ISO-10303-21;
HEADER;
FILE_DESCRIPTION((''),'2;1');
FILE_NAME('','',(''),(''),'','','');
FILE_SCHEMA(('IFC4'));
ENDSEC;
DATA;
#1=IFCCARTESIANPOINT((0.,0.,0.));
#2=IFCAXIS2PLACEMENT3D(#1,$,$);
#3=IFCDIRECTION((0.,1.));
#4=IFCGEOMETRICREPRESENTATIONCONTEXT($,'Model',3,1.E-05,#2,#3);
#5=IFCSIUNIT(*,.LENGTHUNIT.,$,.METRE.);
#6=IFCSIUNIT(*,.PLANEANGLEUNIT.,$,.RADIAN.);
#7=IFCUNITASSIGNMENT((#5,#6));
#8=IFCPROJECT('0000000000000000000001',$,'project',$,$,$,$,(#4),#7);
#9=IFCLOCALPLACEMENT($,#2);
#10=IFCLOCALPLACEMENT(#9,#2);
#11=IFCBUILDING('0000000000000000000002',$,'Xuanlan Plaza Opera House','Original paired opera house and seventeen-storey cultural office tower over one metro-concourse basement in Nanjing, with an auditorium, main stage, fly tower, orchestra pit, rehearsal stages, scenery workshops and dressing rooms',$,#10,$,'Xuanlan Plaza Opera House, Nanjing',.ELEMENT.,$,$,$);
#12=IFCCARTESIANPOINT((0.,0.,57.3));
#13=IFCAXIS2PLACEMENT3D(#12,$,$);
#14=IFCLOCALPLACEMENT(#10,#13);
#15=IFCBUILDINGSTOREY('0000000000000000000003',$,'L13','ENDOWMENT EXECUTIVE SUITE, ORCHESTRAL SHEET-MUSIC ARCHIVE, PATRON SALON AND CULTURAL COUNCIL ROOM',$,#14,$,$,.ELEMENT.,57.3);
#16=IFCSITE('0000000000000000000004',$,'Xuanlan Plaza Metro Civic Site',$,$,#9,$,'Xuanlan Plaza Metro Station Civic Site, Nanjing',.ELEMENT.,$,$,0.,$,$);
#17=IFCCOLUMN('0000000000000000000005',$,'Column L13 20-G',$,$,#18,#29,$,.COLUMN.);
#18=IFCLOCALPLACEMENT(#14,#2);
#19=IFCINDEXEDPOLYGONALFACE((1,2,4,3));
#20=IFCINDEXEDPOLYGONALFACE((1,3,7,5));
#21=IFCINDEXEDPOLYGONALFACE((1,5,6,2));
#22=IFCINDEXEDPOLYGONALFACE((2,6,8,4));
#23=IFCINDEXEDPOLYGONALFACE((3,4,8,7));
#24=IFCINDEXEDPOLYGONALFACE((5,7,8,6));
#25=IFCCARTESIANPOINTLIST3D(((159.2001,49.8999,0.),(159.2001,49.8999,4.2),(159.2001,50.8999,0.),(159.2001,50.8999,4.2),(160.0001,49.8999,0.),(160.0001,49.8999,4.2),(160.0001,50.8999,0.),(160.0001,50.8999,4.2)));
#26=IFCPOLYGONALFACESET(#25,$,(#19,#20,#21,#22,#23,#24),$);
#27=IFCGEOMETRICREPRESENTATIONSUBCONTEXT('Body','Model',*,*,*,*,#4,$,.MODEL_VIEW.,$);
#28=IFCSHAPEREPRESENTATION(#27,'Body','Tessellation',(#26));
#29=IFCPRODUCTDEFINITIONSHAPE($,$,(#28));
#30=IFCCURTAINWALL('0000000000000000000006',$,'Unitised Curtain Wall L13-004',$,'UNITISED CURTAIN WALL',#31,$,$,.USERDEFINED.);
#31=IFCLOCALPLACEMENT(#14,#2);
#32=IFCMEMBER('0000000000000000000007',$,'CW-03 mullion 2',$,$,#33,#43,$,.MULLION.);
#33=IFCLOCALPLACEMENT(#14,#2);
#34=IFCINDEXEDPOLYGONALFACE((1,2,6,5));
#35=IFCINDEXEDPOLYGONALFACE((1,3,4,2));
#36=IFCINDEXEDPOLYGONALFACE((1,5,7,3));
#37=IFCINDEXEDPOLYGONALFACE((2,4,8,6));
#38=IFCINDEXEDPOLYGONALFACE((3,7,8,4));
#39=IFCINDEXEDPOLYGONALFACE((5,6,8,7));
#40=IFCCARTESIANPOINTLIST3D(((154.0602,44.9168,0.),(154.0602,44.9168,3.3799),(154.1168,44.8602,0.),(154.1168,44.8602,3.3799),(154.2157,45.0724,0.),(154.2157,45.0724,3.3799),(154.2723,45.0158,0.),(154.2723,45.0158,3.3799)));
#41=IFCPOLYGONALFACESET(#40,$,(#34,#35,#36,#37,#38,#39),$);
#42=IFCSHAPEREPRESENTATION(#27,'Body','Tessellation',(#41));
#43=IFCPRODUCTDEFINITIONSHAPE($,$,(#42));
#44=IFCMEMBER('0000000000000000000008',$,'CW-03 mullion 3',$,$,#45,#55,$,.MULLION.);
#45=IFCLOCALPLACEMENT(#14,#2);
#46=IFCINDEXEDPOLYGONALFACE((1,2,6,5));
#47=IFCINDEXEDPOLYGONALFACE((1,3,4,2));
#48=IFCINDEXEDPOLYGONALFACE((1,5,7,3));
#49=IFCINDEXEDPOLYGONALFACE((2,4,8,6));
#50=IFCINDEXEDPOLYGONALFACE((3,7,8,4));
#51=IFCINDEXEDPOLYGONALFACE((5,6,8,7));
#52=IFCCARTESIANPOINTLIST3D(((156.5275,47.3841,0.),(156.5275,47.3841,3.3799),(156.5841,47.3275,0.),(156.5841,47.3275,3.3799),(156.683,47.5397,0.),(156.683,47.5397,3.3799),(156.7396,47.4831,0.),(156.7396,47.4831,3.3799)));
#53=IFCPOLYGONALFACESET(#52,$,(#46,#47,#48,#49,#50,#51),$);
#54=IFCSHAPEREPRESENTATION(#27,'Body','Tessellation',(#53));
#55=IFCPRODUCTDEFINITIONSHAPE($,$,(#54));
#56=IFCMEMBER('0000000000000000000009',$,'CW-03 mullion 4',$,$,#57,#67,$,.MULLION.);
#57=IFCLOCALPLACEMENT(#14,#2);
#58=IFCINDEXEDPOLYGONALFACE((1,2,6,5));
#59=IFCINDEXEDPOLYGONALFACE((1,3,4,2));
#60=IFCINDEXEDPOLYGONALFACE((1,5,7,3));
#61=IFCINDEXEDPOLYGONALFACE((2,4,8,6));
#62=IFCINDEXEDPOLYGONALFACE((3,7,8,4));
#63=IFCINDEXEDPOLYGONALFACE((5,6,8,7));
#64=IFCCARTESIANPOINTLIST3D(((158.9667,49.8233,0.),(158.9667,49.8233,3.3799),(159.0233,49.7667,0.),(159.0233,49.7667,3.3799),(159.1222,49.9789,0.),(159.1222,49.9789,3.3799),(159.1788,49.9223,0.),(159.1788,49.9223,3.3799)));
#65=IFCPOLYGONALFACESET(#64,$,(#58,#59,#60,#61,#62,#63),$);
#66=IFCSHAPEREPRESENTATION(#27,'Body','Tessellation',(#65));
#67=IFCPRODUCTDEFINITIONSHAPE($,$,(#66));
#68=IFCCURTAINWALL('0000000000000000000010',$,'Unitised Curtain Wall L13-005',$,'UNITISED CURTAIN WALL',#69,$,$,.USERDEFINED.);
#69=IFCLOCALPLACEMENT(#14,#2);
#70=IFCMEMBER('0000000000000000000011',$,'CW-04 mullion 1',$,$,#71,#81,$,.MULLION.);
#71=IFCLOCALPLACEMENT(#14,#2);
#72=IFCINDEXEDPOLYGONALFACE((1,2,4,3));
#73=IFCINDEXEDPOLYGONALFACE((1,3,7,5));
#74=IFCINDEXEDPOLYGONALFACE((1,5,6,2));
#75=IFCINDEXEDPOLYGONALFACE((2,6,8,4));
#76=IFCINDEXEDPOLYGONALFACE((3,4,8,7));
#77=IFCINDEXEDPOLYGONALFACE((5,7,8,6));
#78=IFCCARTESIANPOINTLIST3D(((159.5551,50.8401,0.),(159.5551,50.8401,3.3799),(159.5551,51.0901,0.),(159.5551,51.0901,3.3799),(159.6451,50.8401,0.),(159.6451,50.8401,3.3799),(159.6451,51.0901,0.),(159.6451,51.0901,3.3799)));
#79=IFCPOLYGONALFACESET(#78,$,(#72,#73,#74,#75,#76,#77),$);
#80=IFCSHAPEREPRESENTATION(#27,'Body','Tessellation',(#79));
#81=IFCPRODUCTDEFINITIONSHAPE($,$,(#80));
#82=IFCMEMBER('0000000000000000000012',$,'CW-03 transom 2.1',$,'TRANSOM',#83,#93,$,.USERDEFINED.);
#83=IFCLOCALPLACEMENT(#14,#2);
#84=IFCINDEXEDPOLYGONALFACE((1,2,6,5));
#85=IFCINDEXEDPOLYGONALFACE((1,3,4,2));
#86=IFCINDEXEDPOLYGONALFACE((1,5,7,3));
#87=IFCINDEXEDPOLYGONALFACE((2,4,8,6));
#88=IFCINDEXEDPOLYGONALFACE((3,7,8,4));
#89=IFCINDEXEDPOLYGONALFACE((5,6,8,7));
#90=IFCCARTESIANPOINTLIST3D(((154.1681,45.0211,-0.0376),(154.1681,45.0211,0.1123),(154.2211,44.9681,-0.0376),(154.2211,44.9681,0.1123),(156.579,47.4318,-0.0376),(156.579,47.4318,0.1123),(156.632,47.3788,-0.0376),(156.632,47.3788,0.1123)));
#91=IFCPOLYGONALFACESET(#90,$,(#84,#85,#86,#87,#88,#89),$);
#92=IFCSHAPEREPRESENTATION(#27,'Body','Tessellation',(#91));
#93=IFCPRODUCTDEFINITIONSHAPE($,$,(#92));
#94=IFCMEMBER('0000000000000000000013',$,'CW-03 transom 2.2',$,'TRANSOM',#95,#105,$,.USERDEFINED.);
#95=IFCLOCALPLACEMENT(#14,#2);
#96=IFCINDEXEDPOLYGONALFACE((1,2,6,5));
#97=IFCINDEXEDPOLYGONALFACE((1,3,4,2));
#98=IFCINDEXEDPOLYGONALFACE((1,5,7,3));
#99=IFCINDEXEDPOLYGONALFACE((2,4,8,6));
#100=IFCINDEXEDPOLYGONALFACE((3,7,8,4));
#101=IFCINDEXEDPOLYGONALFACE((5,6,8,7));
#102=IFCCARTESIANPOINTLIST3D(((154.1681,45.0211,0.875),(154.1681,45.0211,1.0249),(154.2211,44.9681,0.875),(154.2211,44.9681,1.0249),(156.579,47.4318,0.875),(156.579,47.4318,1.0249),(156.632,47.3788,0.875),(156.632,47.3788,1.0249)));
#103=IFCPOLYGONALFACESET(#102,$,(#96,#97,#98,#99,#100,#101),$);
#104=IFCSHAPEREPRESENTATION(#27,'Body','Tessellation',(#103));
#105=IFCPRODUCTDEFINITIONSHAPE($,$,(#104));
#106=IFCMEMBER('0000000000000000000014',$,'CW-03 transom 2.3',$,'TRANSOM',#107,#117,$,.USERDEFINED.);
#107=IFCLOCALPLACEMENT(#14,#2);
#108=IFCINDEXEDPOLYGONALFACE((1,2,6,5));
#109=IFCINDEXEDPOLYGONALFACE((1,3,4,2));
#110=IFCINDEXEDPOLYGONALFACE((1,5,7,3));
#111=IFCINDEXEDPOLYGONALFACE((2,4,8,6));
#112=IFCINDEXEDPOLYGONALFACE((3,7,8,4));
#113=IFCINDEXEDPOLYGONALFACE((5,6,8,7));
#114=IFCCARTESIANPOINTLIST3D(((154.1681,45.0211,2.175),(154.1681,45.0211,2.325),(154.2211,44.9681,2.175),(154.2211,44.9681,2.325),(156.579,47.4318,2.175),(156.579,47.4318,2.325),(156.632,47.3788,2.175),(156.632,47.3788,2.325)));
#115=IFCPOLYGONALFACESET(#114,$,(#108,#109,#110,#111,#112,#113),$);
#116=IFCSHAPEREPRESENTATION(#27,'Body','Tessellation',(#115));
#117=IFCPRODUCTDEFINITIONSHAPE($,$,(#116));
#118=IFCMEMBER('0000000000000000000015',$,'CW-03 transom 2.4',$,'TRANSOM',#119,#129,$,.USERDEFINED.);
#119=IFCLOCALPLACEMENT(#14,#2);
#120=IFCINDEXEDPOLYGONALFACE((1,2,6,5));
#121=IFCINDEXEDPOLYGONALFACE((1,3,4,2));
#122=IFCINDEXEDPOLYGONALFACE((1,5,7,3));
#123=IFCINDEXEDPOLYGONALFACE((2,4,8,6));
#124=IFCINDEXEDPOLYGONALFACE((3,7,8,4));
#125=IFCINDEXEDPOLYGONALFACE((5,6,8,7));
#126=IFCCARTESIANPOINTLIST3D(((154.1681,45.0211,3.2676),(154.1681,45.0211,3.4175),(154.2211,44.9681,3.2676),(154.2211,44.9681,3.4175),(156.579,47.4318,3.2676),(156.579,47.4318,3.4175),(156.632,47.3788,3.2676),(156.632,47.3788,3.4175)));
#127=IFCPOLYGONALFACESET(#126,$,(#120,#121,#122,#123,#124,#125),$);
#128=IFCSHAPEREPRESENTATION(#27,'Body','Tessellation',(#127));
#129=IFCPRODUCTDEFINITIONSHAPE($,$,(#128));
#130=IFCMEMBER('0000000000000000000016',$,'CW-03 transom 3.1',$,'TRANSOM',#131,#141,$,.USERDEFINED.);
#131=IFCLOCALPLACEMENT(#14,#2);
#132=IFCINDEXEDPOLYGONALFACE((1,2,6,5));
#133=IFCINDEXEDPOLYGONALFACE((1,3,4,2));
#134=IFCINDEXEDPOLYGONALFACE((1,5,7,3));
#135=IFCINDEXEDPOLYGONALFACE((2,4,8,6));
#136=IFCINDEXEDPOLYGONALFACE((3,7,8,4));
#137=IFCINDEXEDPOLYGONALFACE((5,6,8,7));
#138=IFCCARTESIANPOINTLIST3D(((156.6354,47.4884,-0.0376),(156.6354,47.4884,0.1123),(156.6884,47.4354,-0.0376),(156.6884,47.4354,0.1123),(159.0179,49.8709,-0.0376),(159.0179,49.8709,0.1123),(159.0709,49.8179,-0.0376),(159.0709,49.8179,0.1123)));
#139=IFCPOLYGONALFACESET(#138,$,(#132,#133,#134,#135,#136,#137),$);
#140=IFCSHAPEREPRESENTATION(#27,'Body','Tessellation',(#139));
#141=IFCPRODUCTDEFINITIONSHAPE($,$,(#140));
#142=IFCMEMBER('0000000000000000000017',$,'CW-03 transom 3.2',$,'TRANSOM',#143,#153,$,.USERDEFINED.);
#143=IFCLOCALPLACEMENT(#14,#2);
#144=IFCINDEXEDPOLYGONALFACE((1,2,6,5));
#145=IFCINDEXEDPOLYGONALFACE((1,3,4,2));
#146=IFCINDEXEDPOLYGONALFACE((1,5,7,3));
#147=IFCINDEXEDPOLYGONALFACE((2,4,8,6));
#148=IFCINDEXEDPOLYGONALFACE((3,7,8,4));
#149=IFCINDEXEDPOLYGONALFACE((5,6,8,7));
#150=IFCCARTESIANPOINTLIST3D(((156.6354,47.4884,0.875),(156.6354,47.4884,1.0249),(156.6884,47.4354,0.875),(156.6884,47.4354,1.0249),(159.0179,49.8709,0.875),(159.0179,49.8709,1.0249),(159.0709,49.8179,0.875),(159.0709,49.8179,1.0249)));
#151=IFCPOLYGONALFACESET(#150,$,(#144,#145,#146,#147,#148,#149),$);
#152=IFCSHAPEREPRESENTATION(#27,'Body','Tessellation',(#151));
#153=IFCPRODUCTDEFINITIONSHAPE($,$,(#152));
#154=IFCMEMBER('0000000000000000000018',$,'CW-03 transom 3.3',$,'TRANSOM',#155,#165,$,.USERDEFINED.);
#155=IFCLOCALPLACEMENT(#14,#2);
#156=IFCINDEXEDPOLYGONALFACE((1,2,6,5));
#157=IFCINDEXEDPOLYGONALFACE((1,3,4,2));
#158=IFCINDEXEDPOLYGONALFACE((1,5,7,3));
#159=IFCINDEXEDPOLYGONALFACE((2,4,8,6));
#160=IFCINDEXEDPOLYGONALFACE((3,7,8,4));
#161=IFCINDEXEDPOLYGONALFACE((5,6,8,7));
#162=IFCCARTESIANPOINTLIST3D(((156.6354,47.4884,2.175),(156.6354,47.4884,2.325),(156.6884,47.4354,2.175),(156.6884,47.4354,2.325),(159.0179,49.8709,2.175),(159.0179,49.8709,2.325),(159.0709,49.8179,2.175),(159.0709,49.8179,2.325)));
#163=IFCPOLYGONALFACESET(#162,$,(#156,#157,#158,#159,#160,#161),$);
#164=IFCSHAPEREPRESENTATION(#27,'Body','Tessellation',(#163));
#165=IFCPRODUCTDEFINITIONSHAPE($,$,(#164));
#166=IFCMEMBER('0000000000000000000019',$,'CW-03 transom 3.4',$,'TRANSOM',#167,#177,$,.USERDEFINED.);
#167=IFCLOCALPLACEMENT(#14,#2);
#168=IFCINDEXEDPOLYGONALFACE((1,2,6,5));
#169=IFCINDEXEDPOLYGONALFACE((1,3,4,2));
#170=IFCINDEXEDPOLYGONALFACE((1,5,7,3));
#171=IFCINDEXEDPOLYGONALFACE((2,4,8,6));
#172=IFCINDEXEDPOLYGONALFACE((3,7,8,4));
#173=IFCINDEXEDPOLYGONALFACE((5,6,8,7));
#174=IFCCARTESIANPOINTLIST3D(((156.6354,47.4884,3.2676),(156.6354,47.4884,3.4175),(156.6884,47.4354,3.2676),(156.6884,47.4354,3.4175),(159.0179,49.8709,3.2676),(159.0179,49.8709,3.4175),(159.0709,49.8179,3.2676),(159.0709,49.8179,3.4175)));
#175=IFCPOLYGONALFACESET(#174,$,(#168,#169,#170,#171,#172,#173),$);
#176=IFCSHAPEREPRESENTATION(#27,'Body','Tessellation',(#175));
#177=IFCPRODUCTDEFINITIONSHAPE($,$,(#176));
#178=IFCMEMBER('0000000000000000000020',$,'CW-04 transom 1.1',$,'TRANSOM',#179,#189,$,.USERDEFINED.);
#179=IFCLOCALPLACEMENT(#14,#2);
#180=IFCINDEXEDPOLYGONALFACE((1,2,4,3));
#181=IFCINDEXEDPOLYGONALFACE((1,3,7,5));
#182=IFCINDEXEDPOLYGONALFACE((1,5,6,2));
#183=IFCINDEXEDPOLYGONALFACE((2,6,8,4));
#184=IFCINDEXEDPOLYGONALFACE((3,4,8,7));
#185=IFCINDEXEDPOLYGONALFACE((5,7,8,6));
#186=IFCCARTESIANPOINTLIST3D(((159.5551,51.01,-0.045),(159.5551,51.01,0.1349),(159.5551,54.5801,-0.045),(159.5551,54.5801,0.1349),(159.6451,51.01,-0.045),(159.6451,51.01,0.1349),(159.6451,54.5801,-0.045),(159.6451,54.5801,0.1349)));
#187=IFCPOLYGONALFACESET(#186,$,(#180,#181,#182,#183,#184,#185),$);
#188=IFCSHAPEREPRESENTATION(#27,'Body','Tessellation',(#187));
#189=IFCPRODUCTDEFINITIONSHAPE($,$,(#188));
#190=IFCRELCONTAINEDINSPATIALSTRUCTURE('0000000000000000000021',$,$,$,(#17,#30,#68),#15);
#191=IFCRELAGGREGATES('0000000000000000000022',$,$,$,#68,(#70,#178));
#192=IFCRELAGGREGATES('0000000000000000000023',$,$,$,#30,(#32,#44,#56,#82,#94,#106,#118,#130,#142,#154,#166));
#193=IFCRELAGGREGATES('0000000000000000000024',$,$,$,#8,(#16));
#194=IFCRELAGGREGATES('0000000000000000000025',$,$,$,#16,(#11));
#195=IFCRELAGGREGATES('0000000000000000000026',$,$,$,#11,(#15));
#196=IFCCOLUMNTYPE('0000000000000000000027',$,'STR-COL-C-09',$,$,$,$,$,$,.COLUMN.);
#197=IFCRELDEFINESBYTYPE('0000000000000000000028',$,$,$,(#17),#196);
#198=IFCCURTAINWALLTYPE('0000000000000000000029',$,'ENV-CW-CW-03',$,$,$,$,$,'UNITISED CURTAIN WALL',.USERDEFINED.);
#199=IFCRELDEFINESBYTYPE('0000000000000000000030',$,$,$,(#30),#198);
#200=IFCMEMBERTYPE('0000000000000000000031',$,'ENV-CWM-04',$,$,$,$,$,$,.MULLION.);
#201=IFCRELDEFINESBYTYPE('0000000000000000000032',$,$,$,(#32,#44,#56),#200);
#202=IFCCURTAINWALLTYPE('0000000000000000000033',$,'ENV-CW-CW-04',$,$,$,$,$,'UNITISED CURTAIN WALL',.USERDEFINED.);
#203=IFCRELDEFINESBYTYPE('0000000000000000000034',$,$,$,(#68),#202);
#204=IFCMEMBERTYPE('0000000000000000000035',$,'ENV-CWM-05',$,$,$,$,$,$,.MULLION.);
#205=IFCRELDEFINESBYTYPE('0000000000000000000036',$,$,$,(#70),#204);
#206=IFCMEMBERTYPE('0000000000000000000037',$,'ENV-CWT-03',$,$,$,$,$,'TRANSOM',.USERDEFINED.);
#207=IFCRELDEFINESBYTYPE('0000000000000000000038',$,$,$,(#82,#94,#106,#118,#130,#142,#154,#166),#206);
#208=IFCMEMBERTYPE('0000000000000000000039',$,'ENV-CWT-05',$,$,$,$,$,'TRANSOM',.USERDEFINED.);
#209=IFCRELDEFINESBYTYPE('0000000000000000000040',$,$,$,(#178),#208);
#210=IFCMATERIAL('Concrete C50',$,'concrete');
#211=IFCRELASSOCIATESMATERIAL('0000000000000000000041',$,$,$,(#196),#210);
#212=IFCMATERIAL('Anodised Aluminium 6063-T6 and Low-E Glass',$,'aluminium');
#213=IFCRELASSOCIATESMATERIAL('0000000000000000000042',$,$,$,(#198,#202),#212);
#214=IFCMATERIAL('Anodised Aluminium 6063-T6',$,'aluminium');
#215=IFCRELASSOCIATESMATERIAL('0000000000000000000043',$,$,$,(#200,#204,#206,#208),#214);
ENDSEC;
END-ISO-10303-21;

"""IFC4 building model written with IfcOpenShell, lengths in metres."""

from ifc_helpers import new_model, si_unit, direction, frame, origin, origin_2d, place, context, subcontext, project, spatial, rectangle, extrude, material, material_profile, profile_set, type_object, element, aggregate, save


model = new_model("IFC4")

# Units and contexts
model_context = context("Model", 3, precision=1e-05, world=origin(), true_north=direction((0.0, 1.0)))
body_context = subcontext(model_context, "Body", "Model", "MODEL_VIEW")
ifc_project = project(units=[si_unit("LENGTHUNIT", "METRE"), si_unit("PLANEANGLEUNIT", "RADIAN")], contexts=[model_context])

# Site, building, storey
site_placement = place(None, origin())
site = spatial("IfcSite", under=ifc_project, at=site_placement, Name="Xuanlan Plaza Metro Civic Site", LongName="Xuanlan Plaza Metro Station Civic Site, Nanjing", CompositionType="ELEMENT", RefElevation=0.0)
building_placement = place(site_placement, origin())
building = spatial("IfcBuilding", under=site, at=building_placement, Name="Xuanlan Plaza Opera House", Description="Original paired opera house and seventeen-storey cultural office tower over one metro-concourse basement in Nanjing, with an auditorium, main stage, fly tower, orchestra pit, rehearsal stages, scenery workshops and dressing rooms", LongName="Xuanlan Plaza Opera House, Nanjing", CompositionType="ELEMENT")
storey_placement = place(building_placement, frame((0.0, 0.0, 57.3)))
storey = spatial("IfcBuildingStorey", under=building, at=storey_placement, Name="L13", Description="ENDOWMENT EXECUTIVE SUITE, ORCHESTRAL SHEET-MUSIC ARCHIVE, PATRON SALON AND CULTURAL COUNCIL ROOM", CompositionType="ELEMENT", Elevation=57.3)

# Column
ifc_material_1 = material(Name="Concrete C50", Category="concrete")
ifc_material_profile_1 = material_profile(ifc_material_1, rectangle(XDim=0.8, YDim=1.0, at=origin_2d()), Name="RC-COL 800x1000")
ifc_profile_set_1 = profile_set([ifc_material_profile_1], Name="Concrete C50")
column_type = type_object("IfcColumnType", Name="STR-COL-C-09", PredefinedType="COLUMN", material=ifc_profile_set_1)
column_placement = place(storey_placement, frame((159.6001, 50.3999, 0.0), z_axis=(0.0, 0.0, 1.0), x_axis=(1.0, 0.0, 0.0)))
element("IfcColumn", 1, at=column_placement, inside=storey, type_object=column_type, Name="Column L13 20-G", PredefinedType="COLUMN", context=body_context, shape_type="SweptSolid", body=[
    extrude(rectangle(XDim=0.8, YDim=1.0, at=origin_2d()), origin(), (0.0, 0.0, 1.0), 4.2),
])

# Curtain wall, members
ifc_material_2 = material(Name="Anodised Aluminium 6063-T6 and Low-E Glass", Category="aluminium")
curtain_wall_type_1 = type_object("IfcCurtainWallType", Name="ENV-CW-CW-03", ElementType="UNITISED CURTAIN WALL", PredefinedType="USERDEFINED", material=ifc_material_2)
curtain_wall_1_placement = place(storey_placement, origin())
curtain_wall_1 = element("IfcCurtainWall", 2, at=curtain_wall_1_placement, inside=storey, type_object=curtain_wall_type_1, Name="Unitised Curtain Wall L13-004", ObjectType="UNITISED CURTAIN WALL", PredefinedType="USERDEFINED")
ifc_material_3 = material(Name="Anodised Aluminium 6063-T6", Category="aluminium")
ifc_material_profile_2 = material_profile(ifc_material_3, rectangle(XDim=0.0801, YDim=0.22, at=origin_2d()), Name="ALU-M 80x220")
ifc_profile_set_2 = profile_set([ifc_material_profile_2], Name="Anodised Aluminium 6063-T6")
member_type_1 = type_object("IfcMemberType", Name="ENV-CWM-04", PredefinedType="MULLION", material=ifc_profile_set_2)
member_1_placement = place(storey_placement, frame((154.1663, 44.9663, 0.0), z_axis=(0.0, 0.0, 1.0), x_axis=(-0.707107, 0.707107, 0.0)))
member_1 = element("IfcMember", 3, at=member_1_placement, type_object=member_type_1, Name="CW-03 mullion 2", PredefinedType="MULLION", context=body_context, shape_type="SweptSolid", body=[
    extrude(rectangle(XDim=0.0801, YDim=0.22, at=origin_2d()), origin(), (0.0, 0.0, 1.0), 3.3799),
])
member_2_placement = place(storey_placement, frame((156.6335, 47.4336, 0.0), z_axis=(0.0, 0.0, 1.0), x_axis=(-0.707107, 0.707107, 0.0)))
member_2 = element("IfcMember", 4, at=member_2_placement, type_object=member_type_1, Name="CW-03 mullion 3", PredefinedType="MULLION", context=body_context, shape_type="SweptSolid", body=[
    extrude(rectangle(XDim=0.0801, YDim=0.22, at=origin_2d()), origin(), (0.0, 0.0, 1.0), 3.3799),
])
member_3_placement = place(storey_placement, frame((159.0728, 49.8728, 0.0), z_axis=(0.0, 0.0, 1.0), x_axis=(-0.707107, 0.707107, 0.0)))
member_3 = element("IfcMember", 5, at=member_3_placement, type_object=member_type_1, Name="CW-03 mullion 4", PredefinedType="MULLION", context=body_context, shape_type="SweptSolid", body=[
    extrude(rectangle(XDim=0.0801, YDim=0.22, at=origin_2d()), origin(), (0.0, 0.0, 1.0), 3.3799),
])

# Curtain wall, member
curtain_wall_type_2 = type_object("IfcCurtainWallType", Name="ENV-CW-CW-04", ElementType="UNITISED CURTAIN WALL", PredefinedType="USERDEFINED", material=ifc_material_2)
curtain_wall_2_placement = place(storey_placement, origin())
curtain_wall_2 = element("IfcCurtainWall", 6, at=curtain_wall_2_placement, inside=storey, type_object=curtain_wall_type_2, Name="Unitised Curtain Wall L13-005", ObjectType="UNITISED CURTAIN WALL", PredefinedType="USERDEFINED")
ifc_material_profile_3 = material_profile(ifc_material_3, rectangle(XDim=0.0901, YDim=0.25, at=origin_2d()), Name="ALU-M 90x250")
ifc_profile_set_3 = profile_set([ifc_material_profile_3], Name="Anodised Aluminium 6063-T6")
member_type_2 = type_object("IfcMemberType", Name="ENV-CWM-05", PredefinedType="MULLION", material=ifc_profile_set_3)
member_4_placement = place(storey_placement, frame((159.6001, 50.9651, 0.0), z_axis=(0.0, 0.0, 1.0), x_axis=(-1.0, 0.0, 0.0)))
member_4 = element("IfcMember", 7, at=member_4_placement, type_object=member_type_2, Name="CW-04 mullion 1", PredefinedType="MULLION", context=body_context, shape_type="SweptSolid", body=[
    extrude(rectangle(XDim=0.0901, YDim=0.25, at=origin_2d()), origin(), (0.0, 0.0, 1.0), 3.3799),
])

# Members
ifc_material_profile_4 = material_profile(ifc_material_3, rectangle(XDim=0.075, YDim=0.1499, at=origin_2d()), Name="ALU-T 75x150")
ifc_profile_set_4 = profile_set([ifc_material_profile_4], Name="Anodised Aluminium 6063-T6")
member_type_3 = type_object("IfcMemberType", Name="ENV-CWT-03", ElementType="TRANSOM", PredefinedType="USERDEFINED", material=ifc_profile_set_4)
member_5_placement = place(storey_placement, frame((154.1946, 44.9946, 0.0374), z_axis=(0.707143, 0.707071, 0.0), x_axis=(-0.707071, 0.707143, 0.0)))
member_5 = element("IfcMember", 8, at=member_5_placement, type_object=member_type_3, Name="CW-03 transom 2.1", ObjectType="TRANSOM", PredefinedType="USERDEFINED", context=body_context, shape_type="SweptSolid", body=[
    extrude(rectangle(XDim=0.075, YDim=0.1499, at=origin_2d()), origin(), (0.0, 0.0, 1.0), 3.4094),
])
member_6_placement = place(storey_placement, frame((154.1946, 44.9946, 0.95), z_axis=(0.707143, 0.707071, 0.0), x_axis=(-0.707071, 0.707143, 0.0)))
member_6 = element("IfcMember", 9, at=member_6_placement, type_object=member_type_3, Name="CW-03 transom 2.2", ObjectType="TRANSOM", PredefinedType="USERDEFINED", context=body_context, shape_type="SweptSolid", body=[
    extrude(rectangle(XDim=0.075, YDim=0.1499, at=origin_2d()), origin(), (0.0, 0.0, 1.0), 3.4094),
])
member_7_placement = place(storey_placement, frame((154.1946, 44.9946, 2.25), z_axis=(0.707143, 0.707071, 0.0), x_axis=(-0.707071, 0.707143, 0.0)))
member_7 = element("IfcMember", 10, at=member_7_placement, type_object=member_type_3, Name="CW-03 transom 2.3", ObjectType="TRANSOM", PredefinedType="USERDEFINED", context=body_context, shape_type="SweptSolid", body=[
    extrude(rectangle(XDim=0.075, YDim=0.1499, at=origin_2d()), origin(), (0.0, 0.0, 1.0), 3.4094),
])
member_8_placement = place(storey_placement, frame((154.1946, 44.9946, 3.3425), z_axis=(0.707143, 0.707071, 0.0), x_axis=(-0.707071, 0.707143, 0.0)))
member_8 = element("IfcMember", 11, at=member_8_placement, type_object=member_type_3, Name="CW-03 transom 2.4", ObjectType="TRANSOM", PredefinedType="USERDEFINED", context=body_context, shape_type="SweptSolid", body=[
    extrude(rectangle(XDim=0.075, YDim=0.1499, at=origin_2d()), origin(), (0.0, 0.0, 1.0), 3.4094),
])
member_9_placement = place(storey_placement, frame((156.6619, 47.4619, 0.0374), z_axis=(0.707107, 0.707107, 0.0), x_axis=(-0.707107, 0.707107, 0.0)))
member_9 = element("IfcMember", 12, at=member_9_placement, type_object=member_type_3, Name="CW-03 transom 3.1", ObjectType="TRANSOM", PredefinedType="USERDEFINED", context=body_context, shape_type="SweptSolid", body=[
    extrude(rectangle(XDim=0.075, YDim=0.1499, at=origin_2d()), origin(), (0.0, 0.0, 1.0), 3.3694),
])
member_10_placement = place(storey_placement, frame((156.6619, 47.4619, 0.95), z_axis=(0.707107, 0.707107, 0.0), x_axis=(-0.707107, 0.707107, 0.0)))
member_10 = element("IfcMember", 13, at=member_10_placement, type_object=member_type_3, Name="CW-03 transom 3.2", ObjectType="TRANSOM", PredefinedType="USERDEFINED", context=body_context, shape_type="SweptSolid", body=[
    extrude(rectangle(XDim=0.075, YDim=0.1499, at=origin_2d()), origin(), (0.0, 0.0, 1.0), 3.3694),
])
member_11_placement = place(storey_placement, frame((156.6619, 47.4619, 2.25), z_axis=(0.707107, 0.707107, 0.0), x_axis=(-0.707107, 0.707107, 0.0)))
member_11 = element("IfcMember", 14, at=member_11_placement, type_object=member_type_3, Name="CW-03 transom 3.3", ObjectType="TRANSOM", PredefinedType="USERDEFINED", context=body_context, shape_type="SweptSolid", body=[
    extrude(rectangle(XDim=0.075, YDim=0.1499, at=origin_2d()), origin(), (0.0, 0.0, 1.0), 3.3694),
])
member_12_placement = place(storey_placement, frame((156.6619, 47.4619, 3.3425), z_axis=(0.707107, 0.707107, 0.0), x_axis=(-0.707107, 0.707107, 0.0)))
member_12 = element("IfcMember", 15, at=member_12_placement, type_object=member_type_3, Name="CW-03 transom 3.4", ObjectType="TRANSOM", PredefinedType="USERDEFINED", context=body_context, shape_type="SweptSolid", body=[
    extrude(rectangle(XDim=0.075, YDim=0.1499, at=origin_2d()), origin(), (0.0, 0.0, 1.0), 3.3694),
])
ifc_material_profile_5 = material_profile(ifc_material_3, rectangle(XDim=0.0901, YDim=0.1799, at=origin_2d()), Name="ALU-T 90x180")
ifc_profile_set_5 = profile_set([ifc_material_profile_5], Name="Anodised Aluminium 6063-T6")
member_type_4 = type_object("IfcMemberType", Name="ENV-CWT-05", ElementType="TRANSOM", PredefinedType="USERDEFINED", material=ifc_profile_set_5)
member_13_placement = place(storey_placement, frame((159.6001, 51.01, 0.0449), z_axis=(0.0, 1.0, 0.0), x_axis=(-1.0, 0.0, 0.0)))
member_13 = element("IfcMember", 16, at=member_13_placement, type_object=member_type_4, Name="CW-04 transom 1.1", ObjectType="TRANSOM", PredefinedType="USERDEFINED", context=body_context, shape_type="SweptSolid", body=[
    extrude(rectangle(XDim=0.0901, YDim=0.1799, at=origin_2d()), origin(), (0.0, 0.0, 1.0), 3.5701),
])
aggregate(curtain_wall_2, [member_4, member_13])

aggregate(curtain_wall_1, [member_1, member_2, member_3, member_5, member_6, member_7, member_8, member_9, member_10, member_11, member_12])

save(model, "model.ifc")
